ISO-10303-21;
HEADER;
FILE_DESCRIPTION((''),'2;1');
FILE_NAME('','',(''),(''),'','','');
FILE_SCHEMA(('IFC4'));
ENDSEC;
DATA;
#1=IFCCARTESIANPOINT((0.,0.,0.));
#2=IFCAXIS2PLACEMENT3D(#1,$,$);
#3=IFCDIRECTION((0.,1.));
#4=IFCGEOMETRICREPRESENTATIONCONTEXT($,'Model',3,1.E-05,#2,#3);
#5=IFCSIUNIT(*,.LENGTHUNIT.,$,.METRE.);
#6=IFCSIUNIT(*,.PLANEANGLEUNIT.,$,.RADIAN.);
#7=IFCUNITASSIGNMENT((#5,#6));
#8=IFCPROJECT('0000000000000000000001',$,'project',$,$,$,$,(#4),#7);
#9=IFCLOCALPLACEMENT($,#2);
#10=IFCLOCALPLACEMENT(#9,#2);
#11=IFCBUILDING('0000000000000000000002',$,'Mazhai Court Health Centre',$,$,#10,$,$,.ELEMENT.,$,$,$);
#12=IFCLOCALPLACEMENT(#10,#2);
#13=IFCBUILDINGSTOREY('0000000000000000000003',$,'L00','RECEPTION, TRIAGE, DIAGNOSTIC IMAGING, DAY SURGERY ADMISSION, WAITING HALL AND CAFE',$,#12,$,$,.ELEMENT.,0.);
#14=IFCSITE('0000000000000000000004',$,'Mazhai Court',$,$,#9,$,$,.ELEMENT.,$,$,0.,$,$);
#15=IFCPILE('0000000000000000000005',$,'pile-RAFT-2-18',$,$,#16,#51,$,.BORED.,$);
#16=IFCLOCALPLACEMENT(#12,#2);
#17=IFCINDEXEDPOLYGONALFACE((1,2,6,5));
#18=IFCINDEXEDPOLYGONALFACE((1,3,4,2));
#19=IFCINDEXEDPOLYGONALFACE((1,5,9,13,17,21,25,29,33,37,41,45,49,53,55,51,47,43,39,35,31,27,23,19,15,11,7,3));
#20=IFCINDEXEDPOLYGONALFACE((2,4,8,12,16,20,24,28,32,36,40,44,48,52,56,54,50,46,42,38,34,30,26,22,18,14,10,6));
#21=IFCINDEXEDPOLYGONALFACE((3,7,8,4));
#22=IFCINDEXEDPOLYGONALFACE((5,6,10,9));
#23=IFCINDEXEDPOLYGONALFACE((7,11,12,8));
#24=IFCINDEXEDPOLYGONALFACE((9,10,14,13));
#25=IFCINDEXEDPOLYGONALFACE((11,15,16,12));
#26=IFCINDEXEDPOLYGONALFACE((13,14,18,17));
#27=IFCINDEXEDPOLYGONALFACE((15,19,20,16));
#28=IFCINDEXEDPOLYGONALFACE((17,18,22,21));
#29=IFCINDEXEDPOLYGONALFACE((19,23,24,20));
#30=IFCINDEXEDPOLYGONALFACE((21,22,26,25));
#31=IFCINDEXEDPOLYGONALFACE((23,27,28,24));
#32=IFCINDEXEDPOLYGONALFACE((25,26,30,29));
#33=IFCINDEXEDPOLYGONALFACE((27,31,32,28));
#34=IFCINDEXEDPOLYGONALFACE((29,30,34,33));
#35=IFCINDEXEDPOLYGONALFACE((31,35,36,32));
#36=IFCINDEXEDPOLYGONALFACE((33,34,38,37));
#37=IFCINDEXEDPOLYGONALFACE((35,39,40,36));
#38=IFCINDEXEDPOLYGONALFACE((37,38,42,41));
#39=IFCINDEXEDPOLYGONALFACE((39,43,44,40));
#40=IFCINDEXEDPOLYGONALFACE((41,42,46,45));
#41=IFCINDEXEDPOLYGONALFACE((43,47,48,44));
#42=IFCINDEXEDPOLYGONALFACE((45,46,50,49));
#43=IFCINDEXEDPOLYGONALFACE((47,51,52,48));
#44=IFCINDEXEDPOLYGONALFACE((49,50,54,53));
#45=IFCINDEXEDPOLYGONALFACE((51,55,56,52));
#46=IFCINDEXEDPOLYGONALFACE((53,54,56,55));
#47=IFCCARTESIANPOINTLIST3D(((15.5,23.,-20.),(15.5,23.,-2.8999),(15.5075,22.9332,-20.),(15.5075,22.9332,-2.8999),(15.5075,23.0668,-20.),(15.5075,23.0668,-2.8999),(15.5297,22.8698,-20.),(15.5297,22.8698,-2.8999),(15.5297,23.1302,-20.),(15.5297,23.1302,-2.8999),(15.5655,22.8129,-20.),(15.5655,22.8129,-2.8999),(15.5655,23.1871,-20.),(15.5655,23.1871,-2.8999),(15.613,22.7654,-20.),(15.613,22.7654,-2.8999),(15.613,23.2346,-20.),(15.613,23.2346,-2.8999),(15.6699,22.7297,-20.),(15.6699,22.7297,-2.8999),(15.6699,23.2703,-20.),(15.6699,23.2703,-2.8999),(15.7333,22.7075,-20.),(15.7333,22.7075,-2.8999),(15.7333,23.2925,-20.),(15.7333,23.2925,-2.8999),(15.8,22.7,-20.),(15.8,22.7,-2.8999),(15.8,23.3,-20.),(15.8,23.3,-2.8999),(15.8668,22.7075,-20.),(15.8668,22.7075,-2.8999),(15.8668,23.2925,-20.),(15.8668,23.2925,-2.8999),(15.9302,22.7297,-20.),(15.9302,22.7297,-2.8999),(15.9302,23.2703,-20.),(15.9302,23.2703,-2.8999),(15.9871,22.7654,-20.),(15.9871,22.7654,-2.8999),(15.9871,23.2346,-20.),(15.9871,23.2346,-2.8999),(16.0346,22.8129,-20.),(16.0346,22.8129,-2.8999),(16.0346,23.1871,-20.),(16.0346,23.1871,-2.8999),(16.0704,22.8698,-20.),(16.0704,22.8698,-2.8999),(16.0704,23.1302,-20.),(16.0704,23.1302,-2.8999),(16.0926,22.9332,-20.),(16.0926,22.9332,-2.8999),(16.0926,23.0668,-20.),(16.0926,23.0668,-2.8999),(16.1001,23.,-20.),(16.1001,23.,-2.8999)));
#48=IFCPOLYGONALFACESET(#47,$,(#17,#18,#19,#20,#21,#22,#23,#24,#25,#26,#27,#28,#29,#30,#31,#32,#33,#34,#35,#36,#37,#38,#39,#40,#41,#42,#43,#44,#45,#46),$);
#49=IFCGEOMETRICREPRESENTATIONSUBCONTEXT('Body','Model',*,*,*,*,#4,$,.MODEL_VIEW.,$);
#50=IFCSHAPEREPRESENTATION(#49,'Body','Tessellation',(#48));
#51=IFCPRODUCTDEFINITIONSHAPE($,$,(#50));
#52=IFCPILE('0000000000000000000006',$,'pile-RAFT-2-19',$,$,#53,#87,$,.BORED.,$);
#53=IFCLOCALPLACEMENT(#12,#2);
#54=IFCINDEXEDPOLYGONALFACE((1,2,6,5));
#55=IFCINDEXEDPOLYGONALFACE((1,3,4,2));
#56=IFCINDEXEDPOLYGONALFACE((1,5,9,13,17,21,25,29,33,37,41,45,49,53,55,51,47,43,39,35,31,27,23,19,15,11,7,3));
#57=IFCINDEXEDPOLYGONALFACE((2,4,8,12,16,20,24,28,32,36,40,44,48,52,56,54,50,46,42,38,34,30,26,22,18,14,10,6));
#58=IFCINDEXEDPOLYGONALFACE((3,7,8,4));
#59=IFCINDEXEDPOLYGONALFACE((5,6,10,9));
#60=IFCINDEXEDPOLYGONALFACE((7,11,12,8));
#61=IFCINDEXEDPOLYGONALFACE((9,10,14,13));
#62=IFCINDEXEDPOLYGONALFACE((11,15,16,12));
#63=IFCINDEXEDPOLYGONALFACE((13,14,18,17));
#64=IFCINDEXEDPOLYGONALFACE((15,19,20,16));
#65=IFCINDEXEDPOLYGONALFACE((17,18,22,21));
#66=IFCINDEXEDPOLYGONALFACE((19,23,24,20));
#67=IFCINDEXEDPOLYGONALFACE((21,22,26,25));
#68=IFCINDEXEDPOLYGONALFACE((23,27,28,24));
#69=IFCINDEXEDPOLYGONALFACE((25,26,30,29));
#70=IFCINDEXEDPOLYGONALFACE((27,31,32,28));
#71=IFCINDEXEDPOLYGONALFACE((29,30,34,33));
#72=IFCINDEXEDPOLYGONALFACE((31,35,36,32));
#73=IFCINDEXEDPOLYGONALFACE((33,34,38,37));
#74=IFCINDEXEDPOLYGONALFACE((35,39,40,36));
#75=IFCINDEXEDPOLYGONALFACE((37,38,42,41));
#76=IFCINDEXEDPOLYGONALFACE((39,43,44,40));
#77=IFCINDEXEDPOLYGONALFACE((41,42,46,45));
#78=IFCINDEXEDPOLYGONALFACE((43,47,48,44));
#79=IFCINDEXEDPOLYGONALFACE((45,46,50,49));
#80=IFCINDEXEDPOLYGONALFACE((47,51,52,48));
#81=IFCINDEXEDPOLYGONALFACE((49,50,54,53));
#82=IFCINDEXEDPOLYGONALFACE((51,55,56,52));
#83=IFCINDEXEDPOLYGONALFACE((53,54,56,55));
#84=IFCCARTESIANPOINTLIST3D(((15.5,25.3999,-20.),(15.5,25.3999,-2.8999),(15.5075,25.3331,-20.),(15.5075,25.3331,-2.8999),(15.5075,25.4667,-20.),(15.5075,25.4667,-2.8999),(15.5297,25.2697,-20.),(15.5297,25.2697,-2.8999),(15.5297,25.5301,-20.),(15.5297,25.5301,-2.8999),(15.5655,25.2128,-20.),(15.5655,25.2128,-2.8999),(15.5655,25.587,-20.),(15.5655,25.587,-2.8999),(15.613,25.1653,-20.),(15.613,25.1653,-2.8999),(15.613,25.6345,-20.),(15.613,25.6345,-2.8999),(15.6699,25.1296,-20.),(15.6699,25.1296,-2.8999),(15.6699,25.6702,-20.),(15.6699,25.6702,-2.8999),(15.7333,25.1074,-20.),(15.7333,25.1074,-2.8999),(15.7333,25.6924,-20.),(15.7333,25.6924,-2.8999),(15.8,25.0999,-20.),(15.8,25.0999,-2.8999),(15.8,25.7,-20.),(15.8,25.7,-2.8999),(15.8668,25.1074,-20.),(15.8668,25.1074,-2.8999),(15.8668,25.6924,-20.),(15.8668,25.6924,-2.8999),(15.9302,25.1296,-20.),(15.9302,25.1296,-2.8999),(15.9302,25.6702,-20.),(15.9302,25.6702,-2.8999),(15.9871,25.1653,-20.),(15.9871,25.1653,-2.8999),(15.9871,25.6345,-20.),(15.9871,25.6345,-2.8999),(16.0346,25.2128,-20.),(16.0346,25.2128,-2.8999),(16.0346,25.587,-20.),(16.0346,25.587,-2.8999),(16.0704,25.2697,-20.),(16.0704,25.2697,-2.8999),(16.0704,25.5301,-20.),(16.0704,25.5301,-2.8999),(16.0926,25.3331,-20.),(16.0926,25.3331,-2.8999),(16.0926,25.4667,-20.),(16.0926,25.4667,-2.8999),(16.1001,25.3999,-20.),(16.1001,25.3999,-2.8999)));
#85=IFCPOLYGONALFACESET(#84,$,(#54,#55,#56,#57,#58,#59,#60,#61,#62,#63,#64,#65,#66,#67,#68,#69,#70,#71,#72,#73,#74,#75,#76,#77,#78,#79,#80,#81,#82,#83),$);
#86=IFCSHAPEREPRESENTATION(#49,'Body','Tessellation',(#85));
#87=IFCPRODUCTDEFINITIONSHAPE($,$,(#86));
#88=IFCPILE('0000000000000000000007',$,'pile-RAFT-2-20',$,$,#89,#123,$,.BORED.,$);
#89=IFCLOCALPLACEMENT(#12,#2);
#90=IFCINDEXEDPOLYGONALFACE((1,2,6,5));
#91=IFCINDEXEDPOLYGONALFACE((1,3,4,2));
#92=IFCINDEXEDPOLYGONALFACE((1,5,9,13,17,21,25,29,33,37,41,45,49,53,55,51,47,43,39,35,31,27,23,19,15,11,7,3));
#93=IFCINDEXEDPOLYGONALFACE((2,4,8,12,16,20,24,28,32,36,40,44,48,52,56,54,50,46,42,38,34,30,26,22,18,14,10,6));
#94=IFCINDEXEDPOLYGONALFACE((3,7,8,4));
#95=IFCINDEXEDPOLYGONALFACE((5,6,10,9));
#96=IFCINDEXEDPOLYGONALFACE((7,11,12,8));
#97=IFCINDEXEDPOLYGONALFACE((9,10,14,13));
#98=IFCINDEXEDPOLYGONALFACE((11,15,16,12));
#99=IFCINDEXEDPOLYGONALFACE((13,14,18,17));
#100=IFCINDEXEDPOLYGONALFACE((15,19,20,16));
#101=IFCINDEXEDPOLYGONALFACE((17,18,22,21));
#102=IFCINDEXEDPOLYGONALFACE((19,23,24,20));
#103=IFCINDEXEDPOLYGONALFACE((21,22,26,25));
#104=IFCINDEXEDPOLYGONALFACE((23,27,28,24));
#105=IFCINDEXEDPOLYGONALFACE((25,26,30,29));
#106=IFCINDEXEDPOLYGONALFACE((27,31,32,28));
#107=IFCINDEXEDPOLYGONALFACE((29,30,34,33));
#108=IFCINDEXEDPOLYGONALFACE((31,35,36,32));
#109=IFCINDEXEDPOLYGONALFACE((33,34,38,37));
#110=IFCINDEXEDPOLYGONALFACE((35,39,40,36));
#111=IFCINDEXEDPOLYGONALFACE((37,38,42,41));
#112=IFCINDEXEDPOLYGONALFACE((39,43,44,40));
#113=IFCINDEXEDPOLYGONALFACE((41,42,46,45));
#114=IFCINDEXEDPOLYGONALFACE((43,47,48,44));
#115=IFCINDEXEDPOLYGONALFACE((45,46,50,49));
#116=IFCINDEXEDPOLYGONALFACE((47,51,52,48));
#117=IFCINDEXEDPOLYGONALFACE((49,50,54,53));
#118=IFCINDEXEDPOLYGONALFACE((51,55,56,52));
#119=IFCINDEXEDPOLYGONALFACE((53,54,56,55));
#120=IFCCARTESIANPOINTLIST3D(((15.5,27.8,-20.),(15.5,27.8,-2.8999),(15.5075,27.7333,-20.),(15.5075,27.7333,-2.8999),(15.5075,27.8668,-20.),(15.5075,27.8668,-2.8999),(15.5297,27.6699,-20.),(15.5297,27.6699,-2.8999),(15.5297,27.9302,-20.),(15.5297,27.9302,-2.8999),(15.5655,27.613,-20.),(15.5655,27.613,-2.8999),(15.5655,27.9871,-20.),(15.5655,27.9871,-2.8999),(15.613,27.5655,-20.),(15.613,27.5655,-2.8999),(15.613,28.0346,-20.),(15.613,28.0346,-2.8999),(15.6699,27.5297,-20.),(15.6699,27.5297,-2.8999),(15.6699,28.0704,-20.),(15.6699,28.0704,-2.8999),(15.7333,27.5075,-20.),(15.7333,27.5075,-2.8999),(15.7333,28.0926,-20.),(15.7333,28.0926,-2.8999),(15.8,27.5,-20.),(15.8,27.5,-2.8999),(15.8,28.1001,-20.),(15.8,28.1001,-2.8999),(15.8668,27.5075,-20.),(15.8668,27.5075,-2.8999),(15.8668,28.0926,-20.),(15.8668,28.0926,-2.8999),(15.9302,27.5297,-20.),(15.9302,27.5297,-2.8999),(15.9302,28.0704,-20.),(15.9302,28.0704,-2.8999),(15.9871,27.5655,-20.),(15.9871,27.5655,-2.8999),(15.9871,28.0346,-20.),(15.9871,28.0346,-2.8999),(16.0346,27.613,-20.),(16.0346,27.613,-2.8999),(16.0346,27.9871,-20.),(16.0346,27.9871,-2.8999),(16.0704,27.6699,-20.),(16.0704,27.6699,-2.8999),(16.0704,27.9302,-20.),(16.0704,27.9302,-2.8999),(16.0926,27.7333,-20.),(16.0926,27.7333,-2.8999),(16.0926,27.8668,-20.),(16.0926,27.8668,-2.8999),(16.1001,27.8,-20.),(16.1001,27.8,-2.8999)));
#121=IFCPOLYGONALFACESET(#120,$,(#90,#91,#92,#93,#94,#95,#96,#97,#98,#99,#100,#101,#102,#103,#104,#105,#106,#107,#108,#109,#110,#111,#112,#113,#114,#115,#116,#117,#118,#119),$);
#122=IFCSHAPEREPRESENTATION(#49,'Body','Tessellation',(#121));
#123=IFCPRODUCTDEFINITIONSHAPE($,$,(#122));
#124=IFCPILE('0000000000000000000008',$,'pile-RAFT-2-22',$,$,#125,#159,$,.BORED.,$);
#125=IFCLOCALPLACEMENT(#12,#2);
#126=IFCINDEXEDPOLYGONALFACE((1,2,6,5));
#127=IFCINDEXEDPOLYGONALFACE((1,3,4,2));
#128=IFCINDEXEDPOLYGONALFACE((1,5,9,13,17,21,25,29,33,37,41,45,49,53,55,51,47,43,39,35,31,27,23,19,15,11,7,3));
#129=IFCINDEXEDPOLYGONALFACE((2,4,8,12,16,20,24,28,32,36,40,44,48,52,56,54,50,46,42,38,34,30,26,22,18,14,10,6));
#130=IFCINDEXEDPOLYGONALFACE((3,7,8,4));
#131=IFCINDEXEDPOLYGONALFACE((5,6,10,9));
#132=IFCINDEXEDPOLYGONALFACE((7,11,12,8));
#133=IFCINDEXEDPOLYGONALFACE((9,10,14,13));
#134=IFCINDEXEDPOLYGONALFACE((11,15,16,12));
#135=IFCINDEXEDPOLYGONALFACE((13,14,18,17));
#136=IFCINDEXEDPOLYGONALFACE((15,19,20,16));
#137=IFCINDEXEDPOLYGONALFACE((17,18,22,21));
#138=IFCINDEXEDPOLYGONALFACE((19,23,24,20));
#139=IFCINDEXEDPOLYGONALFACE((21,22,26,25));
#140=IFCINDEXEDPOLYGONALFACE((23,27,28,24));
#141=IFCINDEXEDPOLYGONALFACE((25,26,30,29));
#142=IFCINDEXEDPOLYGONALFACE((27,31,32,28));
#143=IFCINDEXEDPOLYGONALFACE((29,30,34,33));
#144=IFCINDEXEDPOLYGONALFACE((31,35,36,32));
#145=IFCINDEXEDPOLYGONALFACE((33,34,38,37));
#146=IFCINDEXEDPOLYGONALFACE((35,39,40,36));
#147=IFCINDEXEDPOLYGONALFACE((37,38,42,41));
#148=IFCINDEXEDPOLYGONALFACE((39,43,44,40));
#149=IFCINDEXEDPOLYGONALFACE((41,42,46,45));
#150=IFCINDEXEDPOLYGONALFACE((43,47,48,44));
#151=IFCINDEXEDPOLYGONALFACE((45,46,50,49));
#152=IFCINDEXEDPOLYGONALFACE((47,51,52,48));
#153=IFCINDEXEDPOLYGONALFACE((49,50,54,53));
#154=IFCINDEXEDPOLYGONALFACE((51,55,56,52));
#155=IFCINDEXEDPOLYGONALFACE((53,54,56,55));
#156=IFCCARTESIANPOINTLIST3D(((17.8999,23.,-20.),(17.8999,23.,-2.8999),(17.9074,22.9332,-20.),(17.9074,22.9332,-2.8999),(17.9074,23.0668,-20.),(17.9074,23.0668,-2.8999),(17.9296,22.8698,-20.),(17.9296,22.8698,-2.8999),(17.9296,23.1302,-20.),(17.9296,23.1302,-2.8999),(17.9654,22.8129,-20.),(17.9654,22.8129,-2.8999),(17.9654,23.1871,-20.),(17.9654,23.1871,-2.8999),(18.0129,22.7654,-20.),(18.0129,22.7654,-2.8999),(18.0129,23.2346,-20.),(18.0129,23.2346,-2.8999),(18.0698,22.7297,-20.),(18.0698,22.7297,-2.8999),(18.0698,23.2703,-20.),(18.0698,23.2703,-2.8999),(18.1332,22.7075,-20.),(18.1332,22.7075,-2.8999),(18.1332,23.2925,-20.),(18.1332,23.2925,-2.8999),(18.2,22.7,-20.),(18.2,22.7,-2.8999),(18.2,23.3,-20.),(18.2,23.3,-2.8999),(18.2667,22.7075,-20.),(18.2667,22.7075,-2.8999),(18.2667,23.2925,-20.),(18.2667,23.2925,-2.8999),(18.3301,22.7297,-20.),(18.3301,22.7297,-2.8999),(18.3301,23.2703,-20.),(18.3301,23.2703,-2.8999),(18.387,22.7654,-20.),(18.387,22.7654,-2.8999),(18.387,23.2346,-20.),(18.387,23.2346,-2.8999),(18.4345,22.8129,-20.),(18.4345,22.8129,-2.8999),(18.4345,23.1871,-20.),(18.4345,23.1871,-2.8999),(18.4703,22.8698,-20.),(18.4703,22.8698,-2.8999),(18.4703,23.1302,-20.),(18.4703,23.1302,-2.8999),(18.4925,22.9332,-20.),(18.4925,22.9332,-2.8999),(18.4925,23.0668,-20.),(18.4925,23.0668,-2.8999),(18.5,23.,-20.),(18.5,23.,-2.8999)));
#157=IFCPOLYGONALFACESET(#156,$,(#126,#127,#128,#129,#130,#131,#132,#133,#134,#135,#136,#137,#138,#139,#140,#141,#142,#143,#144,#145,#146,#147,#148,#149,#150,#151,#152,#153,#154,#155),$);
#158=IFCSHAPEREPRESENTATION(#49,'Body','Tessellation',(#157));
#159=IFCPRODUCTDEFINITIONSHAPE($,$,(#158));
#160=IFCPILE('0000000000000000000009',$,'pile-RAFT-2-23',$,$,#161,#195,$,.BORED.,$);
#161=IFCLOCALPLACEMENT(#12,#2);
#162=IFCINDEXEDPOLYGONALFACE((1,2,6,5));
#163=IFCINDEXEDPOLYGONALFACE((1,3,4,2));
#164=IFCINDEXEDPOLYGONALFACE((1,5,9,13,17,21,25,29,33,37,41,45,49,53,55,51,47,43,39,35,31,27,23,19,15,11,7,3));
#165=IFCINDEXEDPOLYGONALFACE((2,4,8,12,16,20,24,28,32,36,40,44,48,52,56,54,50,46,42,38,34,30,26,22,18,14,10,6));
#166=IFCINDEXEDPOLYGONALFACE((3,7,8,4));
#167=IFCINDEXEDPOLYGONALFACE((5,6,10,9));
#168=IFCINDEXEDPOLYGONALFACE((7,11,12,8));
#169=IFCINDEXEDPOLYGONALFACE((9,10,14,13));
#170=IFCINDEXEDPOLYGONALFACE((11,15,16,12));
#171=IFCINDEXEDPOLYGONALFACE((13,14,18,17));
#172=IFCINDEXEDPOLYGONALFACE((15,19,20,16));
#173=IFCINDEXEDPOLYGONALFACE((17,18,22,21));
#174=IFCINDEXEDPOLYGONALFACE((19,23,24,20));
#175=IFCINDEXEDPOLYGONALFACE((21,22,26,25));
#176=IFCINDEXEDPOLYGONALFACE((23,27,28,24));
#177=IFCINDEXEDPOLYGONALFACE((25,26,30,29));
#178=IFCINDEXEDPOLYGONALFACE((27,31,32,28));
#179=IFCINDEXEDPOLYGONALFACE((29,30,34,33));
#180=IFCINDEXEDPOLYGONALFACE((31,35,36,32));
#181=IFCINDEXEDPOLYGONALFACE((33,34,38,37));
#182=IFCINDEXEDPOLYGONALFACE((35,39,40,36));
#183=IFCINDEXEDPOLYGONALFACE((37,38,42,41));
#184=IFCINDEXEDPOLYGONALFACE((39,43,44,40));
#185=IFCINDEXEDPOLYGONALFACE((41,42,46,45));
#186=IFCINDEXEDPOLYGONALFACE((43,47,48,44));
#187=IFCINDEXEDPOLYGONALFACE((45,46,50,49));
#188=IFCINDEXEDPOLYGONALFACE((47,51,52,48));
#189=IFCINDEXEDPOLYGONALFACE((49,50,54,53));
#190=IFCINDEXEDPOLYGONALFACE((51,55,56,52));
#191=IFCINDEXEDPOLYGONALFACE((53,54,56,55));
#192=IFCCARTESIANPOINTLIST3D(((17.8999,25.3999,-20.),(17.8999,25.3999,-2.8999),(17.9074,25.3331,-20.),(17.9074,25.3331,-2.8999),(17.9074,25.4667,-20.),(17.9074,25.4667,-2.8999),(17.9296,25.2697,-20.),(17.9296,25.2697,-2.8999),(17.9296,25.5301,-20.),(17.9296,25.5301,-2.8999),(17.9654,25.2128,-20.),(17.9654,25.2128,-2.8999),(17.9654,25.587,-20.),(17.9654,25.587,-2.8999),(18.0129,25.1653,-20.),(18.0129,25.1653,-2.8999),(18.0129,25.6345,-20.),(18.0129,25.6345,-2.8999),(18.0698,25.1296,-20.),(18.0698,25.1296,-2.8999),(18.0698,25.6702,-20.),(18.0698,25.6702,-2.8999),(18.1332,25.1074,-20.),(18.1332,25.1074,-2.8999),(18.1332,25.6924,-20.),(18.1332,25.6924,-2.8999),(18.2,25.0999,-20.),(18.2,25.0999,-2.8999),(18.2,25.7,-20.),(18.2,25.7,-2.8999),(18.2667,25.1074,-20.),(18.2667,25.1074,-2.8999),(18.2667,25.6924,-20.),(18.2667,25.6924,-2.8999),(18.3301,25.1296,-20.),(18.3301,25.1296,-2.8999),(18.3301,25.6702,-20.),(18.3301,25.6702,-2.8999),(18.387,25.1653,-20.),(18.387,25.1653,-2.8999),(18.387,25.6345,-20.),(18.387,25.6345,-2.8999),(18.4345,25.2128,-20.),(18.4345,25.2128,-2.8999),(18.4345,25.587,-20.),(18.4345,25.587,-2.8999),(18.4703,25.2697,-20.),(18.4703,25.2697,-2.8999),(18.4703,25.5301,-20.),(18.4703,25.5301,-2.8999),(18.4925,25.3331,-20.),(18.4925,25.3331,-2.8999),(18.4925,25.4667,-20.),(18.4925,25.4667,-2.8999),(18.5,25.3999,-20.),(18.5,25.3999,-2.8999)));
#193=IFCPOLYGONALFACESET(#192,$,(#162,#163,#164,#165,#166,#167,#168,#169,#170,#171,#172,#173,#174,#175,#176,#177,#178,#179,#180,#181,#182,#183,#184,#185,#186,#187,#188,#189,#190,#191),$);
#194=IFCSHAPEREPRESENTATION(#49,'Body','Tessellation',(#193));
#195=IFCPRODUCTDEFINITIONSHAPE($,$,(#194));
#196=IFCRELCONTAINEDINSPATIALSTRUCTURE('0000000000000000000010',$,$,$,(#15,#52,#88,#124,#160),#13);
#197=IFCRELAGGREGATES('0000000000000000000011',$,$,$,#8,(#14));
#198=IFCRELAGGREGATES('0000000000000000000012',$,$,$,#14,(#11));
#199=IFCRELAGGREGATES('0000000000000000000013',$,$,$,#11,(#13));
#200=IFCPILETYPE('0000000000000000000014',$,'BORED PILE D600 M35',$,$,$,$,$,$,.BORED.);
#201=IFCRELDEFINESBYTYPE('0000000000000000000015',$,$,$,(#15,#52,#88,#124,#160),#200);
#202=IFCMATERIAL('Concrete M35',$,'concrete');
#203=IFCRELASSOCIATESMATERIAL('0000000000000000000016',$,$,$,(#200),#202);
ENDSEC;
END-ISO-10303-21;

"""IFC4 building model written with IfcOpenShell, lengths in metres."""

from ifc_helpers import new_model, si_unit, direction, frame, origin, origin_2d, place, context, subcontext, project, spatial, circle, extrude, material, material_profile, profile_set, type_object, element, save


model = new_model("IFC4")

# Units and contexts
model_context = context("Model", 3, precision=1e-05, world=origin(), true_north=direction((0.0, 1.0)))
body_context = subcontext(model_context, "Body", "Model", "MODEL_VIEW")
ifc_project = project(units=[si_unit("LENGTHUNIT", "METRE"), si_unit("PLANEANGLEUNIT", "RADIAN")], contexts=[model_context])

# Site, building, storey
site_placement = place(None, origin())
site = spatial("IfcSite", under=ifc_project, at=site_placement, Name="Mazhai Court", CompositionType="ELEMENT", RefElevation=0.0)
building_placement = place(site_placement, origin())
building = spatial("IfcBuilding", under=site, at=building_placement, Name="Mazhai Court Health Centre", CompositionType="ELEMENT")
storey_placement = place(building_placement, origin())
storey = spatial("IfcBuildingStorey", under=building, at=storey_placement, Name="L00", Description="RECEPTION, TRIAGE, DIAGNOSTIC IMAGING, DAY SURGERY ADMISSION, WAITING HALL AND CAFE", CompositionType="ELEMENT", Elevation=0.0)

# Piles
ifc_material_1 = material(Name="Concrete M35", Category="concrete")
ifc_material_profile_1 = material_profile(ifc_material_1, circle(Radius=0.3, at=origin_2d()), Name="RC PILE D600")
ifc_profile_set_1 = profile_set([ifc_material_profile_1], Name="Concrete M35")
pile_type = type_object("IfcPileType", Name="BORED PILE D600 M35", PredefinedType="BORED", material=ifc_profile_set_1)
for number, where, z_axis, x_axis, name in (
    (1, (15.8, 23.0, -2.8999), (0.0, 0.0, -1.0), (1.0, 0.0, 0.0), "pile-RAFT-2-18"),
    (2, (15.8, 25.3999, -2.8999), (0.0, 0.0, -1.0), (1.0, 0.0, 0.0), "pile-RAFT-2-19"),
    (3, (15.8, 27.8, -2.8999), (0.0, 0.0, -1.0), (1.0, 0.0, 0.0), "pile-RAFT-2-20"),
    (4, (18.2, 23.0, -2.8999), (0.0, 0.0, -1.0), (1.0, 0.0, 0.0), "pile-RAFT-2-22"),
    (5, (18.2, 25.3999, -2.8999), (0.0, 0.0, -1.0), (1.0, 0.0, 0.0), "pile-RAFT-2-23"),
):
    element("IfcPile", number, at=place(storey_placement, frame(where, z_axis=z_axis, x_axis=x_axis)), inside=storey, type_object=pile_type, Name=name, PredefinedType="BORED", context=body_context, shape_type="SweptSolid", body=[
        extrude(circle(Radius=0.3, at=origin_2d()), origin(), (0.0, 0.0, 1.0), 17.1001),
    ])

save(model, "model.ifc")
